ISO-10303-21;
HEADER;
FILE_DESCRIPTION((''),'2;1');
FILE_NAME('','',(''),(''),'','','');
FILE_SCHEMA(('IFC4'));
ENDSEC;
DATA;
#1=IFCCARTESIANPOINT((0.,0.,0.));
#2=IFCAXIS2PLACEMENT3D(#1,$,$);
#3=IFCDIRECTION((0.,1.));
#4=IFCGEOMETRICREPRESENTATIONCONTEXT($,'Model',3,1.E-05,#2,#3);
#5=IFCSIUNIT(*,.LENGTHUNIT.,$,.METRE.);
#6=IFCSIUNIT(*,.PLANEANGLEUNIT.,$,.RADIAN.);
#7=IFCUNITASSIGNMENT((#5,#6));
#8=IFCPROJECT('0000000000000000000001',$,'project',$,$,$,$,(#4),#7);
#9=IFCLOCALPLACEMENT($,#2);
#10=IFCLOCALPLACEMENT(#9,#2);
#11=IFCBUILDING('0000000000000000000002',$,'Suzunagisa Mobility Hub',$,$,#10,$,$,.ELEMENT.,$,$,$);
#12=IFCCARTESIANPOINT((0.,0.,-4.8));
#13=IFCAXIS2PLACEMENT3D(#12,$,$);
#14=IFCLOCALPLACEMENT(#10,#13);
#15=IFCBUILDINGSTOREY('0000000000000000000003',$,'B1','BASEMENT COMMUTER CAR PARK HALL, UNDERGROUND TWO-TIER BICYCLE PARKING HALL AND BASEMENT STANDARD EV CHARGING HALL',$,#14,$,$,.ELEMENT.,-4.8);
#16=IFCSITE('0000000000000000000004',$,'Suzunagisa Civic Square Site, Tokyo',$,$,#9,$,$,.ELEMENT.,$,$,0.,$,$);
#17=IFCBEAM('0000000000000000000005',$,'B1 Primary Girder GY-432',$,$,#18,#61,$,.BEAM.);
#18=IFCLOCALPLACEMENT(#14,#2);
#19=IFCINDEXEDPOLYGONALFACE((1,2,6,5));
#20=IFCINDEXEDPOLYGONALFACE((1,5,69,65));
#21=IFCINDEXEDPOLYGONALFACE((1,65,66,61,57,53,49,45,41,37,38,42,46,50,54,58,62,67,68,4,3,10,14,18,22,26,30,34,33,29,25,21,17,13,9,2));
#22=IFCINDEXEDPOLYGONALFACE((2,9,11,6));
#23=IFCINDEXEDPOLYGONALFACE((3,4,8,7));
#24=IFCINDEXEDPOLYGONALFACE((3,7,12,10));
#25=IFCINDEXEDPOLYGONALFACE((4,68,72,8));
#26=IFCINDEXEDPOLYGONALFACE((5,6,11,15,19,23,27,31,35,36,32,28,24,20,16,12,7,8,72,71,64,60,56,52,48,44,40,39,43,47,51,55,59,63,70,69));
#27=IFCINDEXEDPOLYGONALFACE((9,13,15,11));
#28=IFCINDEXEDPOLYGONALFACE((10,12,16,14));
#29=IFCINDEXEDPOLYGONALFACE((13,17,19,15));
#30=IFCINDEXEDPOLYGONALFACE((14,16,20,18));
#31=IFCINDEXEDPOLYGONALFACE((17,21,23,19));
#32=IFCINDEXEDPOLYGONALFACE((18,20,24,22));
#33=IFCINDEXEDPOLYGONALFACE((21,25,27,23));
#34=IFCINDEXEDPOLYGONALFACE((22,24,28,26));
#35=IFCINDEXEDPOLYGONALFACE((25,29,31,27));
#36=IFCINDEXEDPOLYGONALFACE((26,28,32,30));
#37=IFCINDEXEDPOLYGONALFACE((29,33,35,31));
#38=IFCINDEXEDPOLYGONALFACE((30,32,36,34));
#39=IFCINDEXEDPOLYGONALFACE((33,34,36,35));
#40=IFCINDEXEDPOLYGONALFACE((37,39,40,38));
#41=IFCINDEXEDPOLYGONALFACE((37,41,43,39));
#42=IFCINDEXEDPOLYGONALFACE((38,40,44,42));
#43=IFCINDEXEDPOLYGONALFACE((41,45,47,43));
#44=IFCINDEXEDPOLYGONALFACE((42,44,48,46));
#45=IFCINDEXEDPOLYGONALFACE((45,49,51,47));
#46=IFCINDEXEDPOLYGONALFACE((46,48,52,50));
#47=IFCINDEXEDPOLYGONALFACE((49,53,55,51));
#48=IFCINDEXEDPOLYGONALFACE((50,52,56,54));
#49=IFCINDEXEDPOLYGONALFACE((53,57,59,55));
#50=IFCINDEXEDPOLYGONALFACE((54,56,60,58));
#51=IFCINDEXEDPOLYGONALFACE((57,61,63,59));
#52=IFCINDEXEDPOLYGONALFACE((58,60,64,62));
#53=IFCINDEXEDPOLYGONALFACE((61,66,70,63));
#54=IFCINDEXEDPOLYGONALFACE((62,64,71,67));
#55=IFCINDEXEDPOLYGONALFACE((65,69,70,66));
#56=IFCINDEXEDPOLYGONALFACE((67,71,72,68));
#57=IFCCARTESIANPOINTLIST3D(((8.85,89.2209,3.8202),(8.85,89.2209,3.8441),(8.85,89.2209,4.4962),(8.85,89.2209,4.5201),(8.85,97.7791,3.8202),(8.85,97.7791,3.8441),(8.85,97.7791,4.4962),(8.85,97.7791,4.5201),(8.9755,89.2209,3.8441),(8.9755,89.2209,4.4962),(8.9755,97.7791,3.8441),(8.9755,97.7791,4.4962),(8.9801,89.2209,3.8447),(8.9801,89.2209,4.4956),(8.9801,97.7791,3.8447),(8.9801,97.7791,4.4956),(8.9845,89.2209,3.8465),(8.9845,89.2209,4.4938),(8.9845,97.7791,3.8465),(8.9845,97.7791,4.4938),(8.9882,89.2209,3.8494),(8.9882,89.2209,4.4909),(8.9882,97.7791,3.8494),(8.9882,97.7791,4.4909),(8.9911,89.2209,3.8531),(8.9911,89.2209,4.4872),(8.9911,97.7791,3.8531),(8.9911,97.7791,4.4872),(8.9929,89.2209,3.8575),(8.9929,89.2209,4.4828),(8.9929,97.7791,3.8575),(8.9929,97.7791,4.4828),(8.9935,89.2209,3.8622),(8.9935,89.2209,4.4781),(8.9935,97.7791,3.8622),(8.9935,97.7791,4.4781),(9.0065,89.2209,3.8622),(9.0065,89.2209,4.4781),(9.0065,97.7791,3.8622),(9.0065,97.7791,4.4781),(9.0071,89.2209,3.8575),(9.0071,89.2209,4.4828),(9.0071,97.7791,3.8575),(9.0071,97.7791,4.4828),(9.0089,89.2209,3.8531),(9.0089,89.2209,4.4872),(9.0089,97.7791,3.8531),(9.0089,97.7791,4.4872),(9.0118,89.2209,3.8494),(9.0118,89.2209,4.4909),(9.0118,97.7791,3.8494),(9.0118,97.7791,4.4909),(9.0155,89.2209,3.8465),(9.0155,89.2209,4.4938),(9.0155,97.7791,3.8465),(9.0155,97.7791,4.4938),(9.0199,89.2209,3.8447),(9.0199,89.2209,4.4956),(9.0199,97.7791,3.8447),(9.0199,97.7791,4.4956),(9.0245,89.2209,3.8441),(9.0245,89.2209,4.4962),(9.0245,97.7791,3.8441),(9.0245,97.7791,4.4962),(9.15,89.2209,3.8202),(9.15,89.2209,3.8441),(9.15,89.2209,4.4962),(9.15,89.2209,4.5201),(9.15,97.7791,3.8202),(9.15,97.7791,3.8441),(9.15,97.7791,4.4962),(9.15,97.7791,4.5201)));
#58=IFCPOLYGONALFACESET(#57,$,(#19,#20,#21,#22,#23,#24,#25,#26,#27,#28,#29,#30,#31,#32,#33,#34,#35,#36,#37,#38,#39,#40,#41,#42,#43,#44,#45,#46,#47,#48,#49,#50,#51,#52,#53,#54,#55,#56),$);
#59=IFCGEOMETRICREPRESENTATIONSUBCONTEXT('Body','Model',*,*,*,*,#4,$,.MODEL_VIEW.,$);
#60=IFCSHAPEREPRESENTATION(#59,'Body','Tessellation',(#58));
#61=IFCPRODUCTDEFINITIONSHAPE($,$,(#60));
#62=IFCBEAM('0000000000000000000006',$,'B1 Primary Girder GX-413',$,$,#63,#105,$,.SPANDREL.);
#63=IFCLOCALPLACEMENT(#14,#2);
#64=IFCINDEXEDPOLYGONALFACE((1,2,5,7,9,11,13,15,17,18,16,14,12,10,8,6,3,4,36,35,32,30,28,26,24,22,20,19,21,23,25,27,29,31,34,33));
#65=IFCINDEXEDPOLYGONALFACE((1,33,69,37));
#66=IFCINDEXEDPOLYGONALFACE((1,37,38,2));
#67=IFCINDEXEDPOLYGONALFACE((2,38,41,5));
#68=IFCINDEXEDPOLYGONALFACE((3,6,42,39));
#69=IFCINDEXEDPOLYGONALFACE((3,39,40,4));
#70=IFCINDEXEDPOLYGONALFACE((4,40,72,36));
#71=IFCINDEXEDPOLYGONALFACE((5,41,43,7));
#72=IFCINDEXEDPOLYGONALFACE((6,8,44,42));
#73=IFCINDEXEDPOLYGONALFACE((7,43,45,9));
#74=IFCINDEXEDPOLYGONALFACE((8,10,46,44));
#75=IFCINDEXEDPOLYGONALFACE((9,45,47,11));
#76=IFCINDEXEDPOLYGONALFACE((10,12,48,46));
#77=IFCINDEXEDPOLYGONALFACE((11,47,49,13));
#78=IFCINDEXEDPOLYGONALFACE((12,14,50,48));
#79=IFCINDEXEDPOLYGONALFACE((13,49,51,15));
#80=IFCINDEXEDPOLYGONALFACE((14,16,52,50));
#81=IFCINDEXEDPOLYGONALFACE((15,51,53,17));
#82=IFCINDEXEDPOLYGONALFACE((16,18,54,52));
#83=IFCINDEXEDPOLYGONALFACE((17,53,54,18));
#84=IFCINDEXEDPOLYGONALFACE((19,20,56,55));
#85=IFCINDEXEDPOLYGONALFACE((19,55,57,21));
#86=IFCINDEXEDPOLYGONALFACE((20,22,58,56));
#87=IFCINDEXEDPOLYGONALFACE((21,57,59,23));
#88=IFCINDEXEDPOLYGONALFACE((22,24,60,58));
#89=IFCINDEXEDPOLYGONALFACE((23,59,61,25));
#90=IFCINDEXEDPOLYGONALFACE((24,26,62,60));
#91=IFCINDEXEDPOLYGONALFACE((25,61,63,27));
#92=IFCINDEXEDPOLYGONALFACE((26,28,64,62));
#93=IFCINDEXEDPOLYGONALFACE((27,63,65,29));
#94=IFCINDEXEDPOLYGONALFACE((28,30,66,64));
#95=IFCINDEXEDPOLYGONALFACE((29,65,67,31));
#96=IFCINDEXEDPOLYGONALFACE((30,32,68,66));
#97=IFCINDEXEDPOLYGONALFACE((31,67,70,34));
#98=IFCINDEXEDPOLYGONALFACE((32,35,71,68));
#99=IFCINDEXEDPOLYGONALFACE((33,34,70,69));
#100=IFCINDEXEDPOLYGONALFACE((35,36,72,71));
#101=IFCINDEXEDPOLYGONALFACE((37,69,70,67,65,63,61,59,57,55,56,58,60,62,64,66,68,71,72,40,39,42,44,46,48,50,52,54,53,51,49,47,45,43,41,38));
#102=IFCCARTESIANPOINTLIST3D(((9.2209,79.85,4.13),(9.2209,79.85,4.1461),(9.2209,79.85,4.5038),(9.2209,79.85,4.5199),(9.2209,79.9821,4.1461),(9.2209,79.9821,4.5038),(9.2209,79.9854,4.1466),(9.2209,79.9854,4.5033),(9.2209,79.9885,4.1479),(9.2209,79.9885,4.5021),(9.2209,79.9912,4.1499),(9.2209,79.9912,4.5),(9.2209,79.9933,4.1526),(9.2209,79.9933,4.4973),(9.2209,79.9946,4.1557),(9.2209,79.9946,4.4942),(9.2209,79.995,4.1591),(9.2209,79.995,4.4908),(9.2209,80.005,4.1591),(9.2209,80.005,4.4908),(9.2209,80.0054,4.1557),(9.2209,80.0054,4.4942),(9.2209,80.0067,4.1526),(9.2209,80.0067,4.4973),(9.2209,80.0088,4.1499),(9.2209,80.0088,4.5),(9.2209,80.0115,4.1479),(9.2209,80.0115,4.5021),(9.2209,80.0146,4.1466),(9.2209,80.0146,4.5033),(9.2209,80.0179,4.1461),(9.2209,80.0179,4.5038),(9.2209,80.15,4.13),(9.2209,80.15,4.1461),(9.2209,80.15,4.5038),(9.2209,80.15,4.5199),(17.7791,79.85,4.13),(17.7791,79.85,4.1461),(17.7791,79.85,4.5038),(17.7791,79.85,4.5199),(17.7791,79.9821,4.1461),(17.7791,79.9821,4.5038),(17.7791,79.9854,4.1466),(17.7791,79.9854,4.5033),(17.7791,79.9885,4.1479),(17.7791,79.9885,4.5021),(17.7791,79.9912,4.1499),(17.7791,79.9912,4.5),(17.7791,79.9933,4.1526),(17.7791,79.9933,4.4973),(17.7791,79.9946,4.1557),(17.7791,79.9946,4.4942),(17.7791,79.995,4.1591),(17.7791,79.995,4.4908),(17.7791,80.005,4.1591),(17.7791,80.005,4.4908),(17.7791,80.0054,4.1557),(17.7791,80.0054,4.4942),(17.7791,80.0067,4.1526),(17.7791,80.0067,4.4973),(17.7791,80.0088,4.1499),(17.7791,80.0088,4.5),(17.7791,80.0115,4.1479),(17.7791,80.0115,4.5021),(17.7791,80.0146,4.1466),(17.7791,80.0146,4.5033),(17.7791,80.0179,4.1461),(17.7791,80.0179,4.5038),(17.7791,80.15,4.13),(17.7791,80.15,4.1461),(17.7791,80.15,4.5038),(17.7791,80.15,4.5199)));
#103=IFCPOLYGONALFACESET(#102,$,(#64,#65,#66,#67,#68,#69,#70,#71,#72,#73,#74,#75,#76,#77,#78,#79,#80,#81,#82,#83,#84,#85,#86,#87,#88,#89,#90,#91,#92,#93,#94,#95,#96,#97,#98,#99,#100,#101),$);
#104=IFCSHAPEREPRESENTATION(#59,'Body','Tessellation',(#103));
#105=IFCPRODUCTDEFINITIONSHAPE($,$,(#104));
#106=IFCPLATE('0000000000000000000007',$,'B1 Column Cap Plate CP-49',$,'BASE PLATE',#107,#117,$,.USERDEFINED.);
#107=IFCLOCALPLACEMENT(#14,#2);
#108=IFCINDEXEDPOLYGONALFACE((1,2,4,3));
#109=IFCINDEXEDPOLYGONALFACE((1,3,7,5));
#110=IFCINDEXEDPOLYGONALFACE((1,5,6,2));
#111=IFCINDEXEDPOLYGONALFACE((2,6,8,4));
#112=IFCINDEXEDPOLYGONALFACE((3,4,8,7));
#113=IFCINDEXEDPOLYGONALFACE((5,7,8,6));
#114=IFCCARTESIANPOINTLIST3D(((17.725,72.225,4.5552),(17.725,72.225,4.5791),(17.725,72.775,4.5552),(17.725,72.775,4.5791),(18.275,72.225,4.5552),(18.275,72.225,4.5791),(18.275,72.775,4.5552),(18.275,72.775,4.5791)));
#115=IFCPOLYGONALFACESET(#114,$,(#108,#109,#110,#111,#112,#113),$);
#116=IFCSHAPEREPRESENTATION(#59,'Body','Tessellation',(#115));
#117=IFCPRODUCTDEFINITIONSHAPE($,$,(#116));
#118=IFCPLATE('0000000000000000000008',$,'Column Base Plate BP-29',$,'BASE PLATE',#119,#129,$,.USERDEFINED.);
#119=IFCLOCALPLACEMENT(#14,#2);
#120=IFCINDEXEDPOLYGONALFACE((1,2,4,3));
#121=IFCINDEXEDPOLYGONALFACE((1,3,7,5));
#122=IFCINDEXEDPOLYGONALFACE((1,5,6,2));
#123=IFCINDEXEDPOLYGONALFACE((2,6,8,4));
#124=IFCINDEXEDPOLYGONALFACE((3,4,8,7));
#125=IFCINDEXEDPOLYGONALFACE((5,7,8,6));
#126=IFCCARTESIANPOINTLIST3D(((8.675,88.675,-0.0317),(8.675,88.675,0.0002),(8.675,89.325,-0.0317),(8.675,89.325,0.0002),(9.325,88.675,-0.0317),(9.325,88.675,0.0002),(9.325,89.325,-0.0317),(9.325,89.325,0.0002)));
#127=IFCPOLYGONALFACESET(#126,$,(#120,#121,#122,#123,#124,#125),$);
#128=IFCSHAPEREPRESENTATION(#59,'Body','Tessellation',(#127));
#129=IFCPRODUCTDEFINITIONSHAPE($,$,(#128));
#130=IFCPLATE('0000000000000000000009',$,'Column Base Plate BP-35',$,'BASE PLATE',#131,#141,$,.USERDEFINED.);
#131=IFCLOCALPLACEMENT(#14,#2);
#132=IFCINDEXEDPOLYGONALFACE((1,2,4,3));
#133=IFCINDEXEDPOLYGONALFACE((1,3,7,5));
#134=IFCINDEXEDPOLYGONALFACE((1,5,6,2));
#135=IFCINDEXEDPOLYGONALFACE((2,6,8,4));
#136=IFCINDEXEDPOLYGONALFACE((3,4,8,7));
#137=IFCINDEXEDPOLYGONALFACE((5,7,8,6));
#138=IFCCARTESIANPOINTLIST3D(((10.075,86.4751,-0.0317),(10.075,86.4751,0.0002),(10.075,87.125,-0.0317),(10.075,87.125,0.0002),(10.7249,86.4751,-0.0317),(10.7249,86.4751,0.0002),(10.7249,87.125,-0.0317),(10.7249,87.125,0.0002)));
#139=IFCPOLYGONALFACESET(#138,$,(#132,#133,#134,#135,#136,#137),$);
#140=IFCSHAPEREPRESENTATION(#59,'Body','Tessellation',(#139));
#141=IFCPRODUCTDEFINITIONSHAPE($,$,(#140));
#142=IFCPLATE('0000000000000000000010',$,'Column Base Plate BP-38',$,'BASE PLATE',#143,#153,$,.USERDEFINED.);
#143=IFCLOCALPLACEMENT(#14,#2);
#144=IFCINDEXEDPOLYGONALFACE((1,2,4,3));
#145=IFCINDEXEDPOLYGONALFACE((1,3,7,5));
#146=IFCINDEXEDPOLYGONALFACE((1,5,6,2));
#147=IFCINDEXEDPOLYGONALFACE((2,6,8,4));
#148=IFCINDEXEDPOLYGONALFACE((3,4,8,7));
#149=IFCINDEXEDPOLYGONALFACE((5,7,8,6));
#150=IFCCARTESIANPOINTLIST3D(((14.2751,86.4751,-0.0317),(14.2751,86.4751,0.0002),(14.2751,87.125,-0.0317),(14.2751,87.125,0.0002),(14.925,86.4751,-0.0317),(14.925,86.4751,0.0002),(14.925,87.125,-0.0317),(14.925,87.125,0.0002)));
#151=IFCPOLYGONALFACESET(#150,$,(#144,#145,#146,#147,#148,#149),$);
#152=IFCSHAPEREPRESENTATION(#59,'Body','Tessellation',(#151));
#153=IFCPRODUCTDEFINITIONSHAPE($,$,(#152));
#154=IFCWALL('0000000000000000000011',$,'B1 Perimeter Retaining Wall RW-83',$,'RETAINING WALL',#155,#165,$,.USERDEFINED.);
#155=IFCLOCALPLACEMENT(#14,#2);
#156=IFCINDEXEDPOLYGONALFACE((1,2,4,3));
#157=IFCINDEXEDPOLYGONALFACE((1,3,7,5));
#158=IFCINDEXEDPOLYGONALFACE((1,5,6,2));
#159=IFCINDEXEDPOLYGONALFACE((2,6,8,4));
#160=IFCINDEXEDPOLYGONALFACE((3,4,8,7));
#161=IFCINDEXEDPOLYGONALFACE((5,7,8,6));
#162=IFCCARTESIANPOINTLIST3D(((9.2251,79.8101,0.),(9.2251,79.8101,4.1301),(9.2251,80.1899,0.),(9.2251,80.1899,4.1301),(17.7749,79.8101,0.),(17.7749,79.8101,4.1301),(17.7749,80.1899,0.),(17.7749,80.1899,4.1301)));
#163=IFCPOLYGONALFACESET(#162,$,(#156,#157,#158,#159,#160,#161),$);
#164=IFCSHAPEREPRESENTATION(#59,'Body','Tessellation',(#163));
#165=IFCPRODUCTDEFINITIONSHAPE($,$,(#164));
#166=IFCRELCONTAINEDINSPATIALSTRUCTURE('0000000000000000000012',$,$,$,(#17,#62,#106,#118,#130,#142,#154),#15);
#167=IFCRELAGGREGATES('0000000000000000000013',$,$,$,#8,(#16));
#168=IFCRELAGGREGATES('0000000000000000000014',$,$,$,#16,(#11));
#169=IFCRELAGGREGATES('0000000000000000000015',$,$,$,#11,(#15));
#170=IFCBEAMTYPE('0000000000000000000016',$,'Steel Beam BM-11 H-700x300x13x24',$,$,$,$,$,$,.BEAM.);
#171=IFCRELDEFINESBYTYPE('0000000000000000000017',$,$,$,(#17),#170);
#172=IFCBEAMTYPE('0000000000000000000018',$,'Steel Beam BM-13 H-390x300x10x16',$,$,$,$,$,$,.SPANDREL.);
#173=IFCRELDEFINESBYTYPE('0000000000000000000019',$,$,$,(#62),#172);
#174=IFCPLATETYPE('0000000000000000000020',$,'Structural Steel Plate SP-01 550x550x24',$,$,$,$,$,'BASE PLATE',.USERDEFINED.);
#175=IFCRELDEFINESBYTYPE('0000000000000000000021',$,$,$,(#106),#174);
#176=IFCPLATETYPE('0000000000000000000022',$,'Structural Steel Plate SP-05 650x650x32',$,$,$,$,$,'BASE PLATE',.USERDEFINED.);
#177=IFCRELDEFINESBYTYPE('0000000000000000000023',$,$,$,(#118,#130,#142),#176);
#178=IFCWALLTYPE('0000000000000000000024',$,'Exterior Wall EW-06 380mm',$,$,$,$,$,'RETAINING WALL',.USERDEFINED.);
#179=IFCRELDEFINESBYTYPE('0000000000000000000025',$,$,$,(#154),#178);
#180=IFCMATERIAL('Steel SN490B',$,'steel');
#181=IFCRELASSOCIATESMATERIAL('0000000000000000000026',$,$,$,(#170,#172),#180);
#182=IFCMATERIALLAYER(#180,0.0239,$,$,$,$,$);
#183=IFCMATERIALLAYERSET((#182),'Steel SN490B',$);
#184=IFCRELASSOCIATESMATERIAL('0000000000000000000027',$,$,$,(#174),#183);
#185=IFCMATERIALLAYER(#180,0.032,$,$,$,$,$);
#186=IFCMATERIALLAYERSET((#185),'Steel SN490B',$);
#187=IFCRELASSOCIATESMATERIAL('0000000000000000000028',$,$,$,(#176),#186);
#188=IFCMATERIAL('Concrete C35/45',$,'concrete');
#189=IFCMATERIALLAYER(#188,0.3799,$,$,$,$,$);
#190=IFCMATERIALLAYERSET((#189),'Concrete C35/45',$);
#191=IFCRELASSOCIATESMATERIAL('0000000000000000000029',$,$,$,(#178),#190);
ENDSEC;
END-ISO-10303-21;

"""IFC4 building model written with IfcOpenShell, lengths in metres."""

from ifc_helpers import new_model, si_unit, direction, frame, frame_2d, origin, origin_2d, place, context, subcontext, project, spatial, rectangle, i_section, extrude, material, layer, layer_set, material_profile, profile_set, type_object, element, save


model = new_model("IFC4")

# Units and contexts
model_context = context("Model", 3, precision=1e-05, world=origin(), true_north=direction((0.0, 1.0)))
body_context = subcontext(model_context, "Body", "Model", "MODEL_VIEW")
ifc_project = project(units=[si_unit("LENGTHUNIT", "METRE"), si_unit("PLANEANGLEUNIT", "RADIAN")], contexts=[model_context])

# Site, building, storey
site_placement = place(None, origin())
site = spatial("IfcSite", under=ifc_project, at=site_placement, Name="Suzunagisa Civic Square Site, Tokyo", CompositionType="ELEMENT", RefElevation=0.0)
building_placement = place(site_placement, origin())
building = spatial("IfcBuilding", under=site, at=building_placement, Name="Suzunagisa Mobility Hub", CompositionType="ELEMENT")
storey_placement = place(building_placement, frame((0.0, 0.0, -4.8)))
storey = spatial("IfcBuildingStorey", under=building, at=storey_placement, Name="B1", Description="BASEMENT COMMUTER CAR PARK HALL, UNDERGROUND TWO-TIER BICYCLE PARKING HALL AND BASEMENT STANDARD EV CHARGING HALL", CompositionType="ELEMENT", Elevation=-4.8)

# Shared definitions
ifc_material_1 = material(Name="Concrete C35/45", Category="concrete")

# Shared definitions
ifc_material_2 = material(Name="Steel SN490B", Category="steel")

# Beams
ifc_material_profile_1 = material_profile(ifc_material_2, i_section(OverallWidth=0.3, OverallDepth=0.7, WebThickness=0.0129, FlangeThickness=0.0239, FilletRadius=0.0181, at=origin_2d()), Name="H-700x300x13x24")
ifc_profile_set_1 = profile_set([ifc_material_profile_1], Name="Steel SN490B")
beam_type_1 = type_object("IfcBeamType", Name="Steel Beam BM-11 H-700x300x13x24", PredefinedType="BEAM", material=ifc_profile_set_1)
for number, where, z_axis, x_axis, name in (
    (1, (9.0, 89.2209, 4.1702), (0.0, 1.0, 0.0), (-1.0, 0.0, 0.0), "B1 Primary Girder GY-432"),
):
    element("IfcBeam", number, at=place(storey_placement, frame(where, z_axis=z_axis, x_axis=x_axis)), inside=storey, type_object=beam_type_1, Name=name, PredefinedType="BEAM", context=body_context, shape_type="SweptSolid", body=[
        extrude(i_section(OverallWidth=0.3, OverallDepth=0.7, WebThickness=0.0129, FlangeThickness=0.0239, FilletRadius=0.0181, at=origin_2d()), origin(), (0.0, 0.0, 1.0), 8.5581),
    ])
ifc_material_profile_2 = material_profile(ifc_material_2, i_section(OverallWidth=0.3, OverallDepth=0.3899, WebThickness=0.01, FlangeThickness=0.0161, FilletRadius=0.0129, at=origin_2d()), Name="H-390x300x10x16")
ifc_profile_set_2 = profile_set([ifc_material_profile_2], Name="Steel SN490B")
beam_type_2 = type_object("IfcBeamType", Name="Steel Beam BM-13 H-390x300x10x16", PredefinedType="SPANDREL", material=ifc_profile_set_2)
beam_1_placement = place(storey_placement, frame((9.2209, 80.0, 4.325), z_axis=(1.0, 0.0, 0.0), x_axis=(0.0, 1.0, 0.0)))
element("IfcBeam", 2, at=beam_1_placement, inside=storey, type_object=beam_type_2, Name="B1 Primary Girder GX-413", PredefinedType="SPANDREL", context=body_context, shape_type="SweptSolid", body=[
    extrude(i_section(OverallWidth=0.3, OverallDepth=0.3899, WebThickness=0.01, FlangeThickness=0.0161, FilletRadius=0.0129, at=origin_2d()), origin(), (0.0, 0.0, 1.0), 8.5581),
])

# Plates
ifc_layer_1 = layer(ifc_material_2, 0.0239)
ifc_layer_set_1 = layer_set([ifc_layer_1], Name="Steel SN490B")
plate_type_1 = type_object("IfcPlateType", Name="Structural Steel Plate SP-01 550x550x24", ElementType="BASE PLATE", PredefinedType="USERDEFINED", material=ifc_layer_set_1)
plate_placement = place(storey_placement, frame((18.0, 72.5, 4.5552), z_axis=(0.0, 0.0, 1.0), x_axis=(1.0, 0.0, 0.0)))
element("IfcPlate", 3, at=plate_placement, inside=storey, type_object=plate_type_1, Name="B1 Column Cap Plate CP-49", ObjectType="BASE PLATE", PredefinedType="USERDEFINED", context=body_context, shape_type="SweptSolid", body=[
    extrude(rectangle(XDim=0.55, YDim=0.55, at=origin_2d()), origin(), (0.0, 0.0, 1.0), 0.0239),
])
ifc_layer_2 = layer(ifc_material_2, 0.032)
ifc_layer_set_2 = layer_set([ifc_layer_2], Name="Steel SN490B")
plate_type_2 = type_object("IfcPlateType", Name="Structural Steel Plate SP-05 650x650x32", ElementType="BASE PLATE", PredefinedType="USERDEFINED", material=ifc_layer_set_2)
for number, where, z_axis, x_axis, name in (
    (4, (9.0, 89.0, -0.0317), (0.0, 0.0, 1.0), (1.0, 0.0, 0.0), "Column Base Plate BP-29"),
    (5, (10.3999, 86.8, -0.0317), (0.0, 0.0, 1.0), (1.0, 0.0, 0.0), "Column Base Plate BP-35"),
    (6, (14.6001, 86.8, -0.0317), (0.0, 0.0, 1.0), (1.0, 0.0, 0.0), "Column Base Plate BP-38"),
):
    element("IfcPlate", number, at=place(storey_placement, frame(where, z_axis=z_axis, x_axis=x_axis)), inside=storey, type_object=plate_type_2, Name=name, ObjectType="BASE PLATE", PredefinedType="USERDEFINED", context=body_context, shape_type="SweptSolid", body=[
        extrude(rectangle(XDim=0.6499, YDim=0.6499, at=origin_2d()), origin(), (0.0, 0.0, 1.0), 0.032),
    ])

# Wall
ifc_layer_3 = layer(ifc_material_1, 0.3799)
ifc_layer_set_3 = layer_set([ifc_layer_3], Name="Concrete C35/45")
wall_type = type_object("IfcWallType", Name="Exterior Wall EW-06 380mm", ElementType="RETAINING WALL", PredefinedType="USERDEFINED", material=ifc_layer_set_3)
wall_placement = place(storey_placement, frame((9.2251, 80.0, 0.0), z_axis=(0.0, 0.0, 1.0), x_axis=(1.0, 0.0, 0.0)))
element("IfcWall", 7, at=wall_placement, inside=storey, type_object=wall_type, Name="B1 Perimeter Retaining Wall RW-83", ObjectType="RETAINING WALL", PredefinedType="USERDEFINED", context=body_context, shape_type="SweptSolid", body=[
    extrude(rectangle(XDim=8.5498, YDim=0.3799, at=frame_2d((4.2749, 0.0))), origin(), (0.0, 0.0, 1.0), 4.1301),
])

save(model, "model.ifc")
